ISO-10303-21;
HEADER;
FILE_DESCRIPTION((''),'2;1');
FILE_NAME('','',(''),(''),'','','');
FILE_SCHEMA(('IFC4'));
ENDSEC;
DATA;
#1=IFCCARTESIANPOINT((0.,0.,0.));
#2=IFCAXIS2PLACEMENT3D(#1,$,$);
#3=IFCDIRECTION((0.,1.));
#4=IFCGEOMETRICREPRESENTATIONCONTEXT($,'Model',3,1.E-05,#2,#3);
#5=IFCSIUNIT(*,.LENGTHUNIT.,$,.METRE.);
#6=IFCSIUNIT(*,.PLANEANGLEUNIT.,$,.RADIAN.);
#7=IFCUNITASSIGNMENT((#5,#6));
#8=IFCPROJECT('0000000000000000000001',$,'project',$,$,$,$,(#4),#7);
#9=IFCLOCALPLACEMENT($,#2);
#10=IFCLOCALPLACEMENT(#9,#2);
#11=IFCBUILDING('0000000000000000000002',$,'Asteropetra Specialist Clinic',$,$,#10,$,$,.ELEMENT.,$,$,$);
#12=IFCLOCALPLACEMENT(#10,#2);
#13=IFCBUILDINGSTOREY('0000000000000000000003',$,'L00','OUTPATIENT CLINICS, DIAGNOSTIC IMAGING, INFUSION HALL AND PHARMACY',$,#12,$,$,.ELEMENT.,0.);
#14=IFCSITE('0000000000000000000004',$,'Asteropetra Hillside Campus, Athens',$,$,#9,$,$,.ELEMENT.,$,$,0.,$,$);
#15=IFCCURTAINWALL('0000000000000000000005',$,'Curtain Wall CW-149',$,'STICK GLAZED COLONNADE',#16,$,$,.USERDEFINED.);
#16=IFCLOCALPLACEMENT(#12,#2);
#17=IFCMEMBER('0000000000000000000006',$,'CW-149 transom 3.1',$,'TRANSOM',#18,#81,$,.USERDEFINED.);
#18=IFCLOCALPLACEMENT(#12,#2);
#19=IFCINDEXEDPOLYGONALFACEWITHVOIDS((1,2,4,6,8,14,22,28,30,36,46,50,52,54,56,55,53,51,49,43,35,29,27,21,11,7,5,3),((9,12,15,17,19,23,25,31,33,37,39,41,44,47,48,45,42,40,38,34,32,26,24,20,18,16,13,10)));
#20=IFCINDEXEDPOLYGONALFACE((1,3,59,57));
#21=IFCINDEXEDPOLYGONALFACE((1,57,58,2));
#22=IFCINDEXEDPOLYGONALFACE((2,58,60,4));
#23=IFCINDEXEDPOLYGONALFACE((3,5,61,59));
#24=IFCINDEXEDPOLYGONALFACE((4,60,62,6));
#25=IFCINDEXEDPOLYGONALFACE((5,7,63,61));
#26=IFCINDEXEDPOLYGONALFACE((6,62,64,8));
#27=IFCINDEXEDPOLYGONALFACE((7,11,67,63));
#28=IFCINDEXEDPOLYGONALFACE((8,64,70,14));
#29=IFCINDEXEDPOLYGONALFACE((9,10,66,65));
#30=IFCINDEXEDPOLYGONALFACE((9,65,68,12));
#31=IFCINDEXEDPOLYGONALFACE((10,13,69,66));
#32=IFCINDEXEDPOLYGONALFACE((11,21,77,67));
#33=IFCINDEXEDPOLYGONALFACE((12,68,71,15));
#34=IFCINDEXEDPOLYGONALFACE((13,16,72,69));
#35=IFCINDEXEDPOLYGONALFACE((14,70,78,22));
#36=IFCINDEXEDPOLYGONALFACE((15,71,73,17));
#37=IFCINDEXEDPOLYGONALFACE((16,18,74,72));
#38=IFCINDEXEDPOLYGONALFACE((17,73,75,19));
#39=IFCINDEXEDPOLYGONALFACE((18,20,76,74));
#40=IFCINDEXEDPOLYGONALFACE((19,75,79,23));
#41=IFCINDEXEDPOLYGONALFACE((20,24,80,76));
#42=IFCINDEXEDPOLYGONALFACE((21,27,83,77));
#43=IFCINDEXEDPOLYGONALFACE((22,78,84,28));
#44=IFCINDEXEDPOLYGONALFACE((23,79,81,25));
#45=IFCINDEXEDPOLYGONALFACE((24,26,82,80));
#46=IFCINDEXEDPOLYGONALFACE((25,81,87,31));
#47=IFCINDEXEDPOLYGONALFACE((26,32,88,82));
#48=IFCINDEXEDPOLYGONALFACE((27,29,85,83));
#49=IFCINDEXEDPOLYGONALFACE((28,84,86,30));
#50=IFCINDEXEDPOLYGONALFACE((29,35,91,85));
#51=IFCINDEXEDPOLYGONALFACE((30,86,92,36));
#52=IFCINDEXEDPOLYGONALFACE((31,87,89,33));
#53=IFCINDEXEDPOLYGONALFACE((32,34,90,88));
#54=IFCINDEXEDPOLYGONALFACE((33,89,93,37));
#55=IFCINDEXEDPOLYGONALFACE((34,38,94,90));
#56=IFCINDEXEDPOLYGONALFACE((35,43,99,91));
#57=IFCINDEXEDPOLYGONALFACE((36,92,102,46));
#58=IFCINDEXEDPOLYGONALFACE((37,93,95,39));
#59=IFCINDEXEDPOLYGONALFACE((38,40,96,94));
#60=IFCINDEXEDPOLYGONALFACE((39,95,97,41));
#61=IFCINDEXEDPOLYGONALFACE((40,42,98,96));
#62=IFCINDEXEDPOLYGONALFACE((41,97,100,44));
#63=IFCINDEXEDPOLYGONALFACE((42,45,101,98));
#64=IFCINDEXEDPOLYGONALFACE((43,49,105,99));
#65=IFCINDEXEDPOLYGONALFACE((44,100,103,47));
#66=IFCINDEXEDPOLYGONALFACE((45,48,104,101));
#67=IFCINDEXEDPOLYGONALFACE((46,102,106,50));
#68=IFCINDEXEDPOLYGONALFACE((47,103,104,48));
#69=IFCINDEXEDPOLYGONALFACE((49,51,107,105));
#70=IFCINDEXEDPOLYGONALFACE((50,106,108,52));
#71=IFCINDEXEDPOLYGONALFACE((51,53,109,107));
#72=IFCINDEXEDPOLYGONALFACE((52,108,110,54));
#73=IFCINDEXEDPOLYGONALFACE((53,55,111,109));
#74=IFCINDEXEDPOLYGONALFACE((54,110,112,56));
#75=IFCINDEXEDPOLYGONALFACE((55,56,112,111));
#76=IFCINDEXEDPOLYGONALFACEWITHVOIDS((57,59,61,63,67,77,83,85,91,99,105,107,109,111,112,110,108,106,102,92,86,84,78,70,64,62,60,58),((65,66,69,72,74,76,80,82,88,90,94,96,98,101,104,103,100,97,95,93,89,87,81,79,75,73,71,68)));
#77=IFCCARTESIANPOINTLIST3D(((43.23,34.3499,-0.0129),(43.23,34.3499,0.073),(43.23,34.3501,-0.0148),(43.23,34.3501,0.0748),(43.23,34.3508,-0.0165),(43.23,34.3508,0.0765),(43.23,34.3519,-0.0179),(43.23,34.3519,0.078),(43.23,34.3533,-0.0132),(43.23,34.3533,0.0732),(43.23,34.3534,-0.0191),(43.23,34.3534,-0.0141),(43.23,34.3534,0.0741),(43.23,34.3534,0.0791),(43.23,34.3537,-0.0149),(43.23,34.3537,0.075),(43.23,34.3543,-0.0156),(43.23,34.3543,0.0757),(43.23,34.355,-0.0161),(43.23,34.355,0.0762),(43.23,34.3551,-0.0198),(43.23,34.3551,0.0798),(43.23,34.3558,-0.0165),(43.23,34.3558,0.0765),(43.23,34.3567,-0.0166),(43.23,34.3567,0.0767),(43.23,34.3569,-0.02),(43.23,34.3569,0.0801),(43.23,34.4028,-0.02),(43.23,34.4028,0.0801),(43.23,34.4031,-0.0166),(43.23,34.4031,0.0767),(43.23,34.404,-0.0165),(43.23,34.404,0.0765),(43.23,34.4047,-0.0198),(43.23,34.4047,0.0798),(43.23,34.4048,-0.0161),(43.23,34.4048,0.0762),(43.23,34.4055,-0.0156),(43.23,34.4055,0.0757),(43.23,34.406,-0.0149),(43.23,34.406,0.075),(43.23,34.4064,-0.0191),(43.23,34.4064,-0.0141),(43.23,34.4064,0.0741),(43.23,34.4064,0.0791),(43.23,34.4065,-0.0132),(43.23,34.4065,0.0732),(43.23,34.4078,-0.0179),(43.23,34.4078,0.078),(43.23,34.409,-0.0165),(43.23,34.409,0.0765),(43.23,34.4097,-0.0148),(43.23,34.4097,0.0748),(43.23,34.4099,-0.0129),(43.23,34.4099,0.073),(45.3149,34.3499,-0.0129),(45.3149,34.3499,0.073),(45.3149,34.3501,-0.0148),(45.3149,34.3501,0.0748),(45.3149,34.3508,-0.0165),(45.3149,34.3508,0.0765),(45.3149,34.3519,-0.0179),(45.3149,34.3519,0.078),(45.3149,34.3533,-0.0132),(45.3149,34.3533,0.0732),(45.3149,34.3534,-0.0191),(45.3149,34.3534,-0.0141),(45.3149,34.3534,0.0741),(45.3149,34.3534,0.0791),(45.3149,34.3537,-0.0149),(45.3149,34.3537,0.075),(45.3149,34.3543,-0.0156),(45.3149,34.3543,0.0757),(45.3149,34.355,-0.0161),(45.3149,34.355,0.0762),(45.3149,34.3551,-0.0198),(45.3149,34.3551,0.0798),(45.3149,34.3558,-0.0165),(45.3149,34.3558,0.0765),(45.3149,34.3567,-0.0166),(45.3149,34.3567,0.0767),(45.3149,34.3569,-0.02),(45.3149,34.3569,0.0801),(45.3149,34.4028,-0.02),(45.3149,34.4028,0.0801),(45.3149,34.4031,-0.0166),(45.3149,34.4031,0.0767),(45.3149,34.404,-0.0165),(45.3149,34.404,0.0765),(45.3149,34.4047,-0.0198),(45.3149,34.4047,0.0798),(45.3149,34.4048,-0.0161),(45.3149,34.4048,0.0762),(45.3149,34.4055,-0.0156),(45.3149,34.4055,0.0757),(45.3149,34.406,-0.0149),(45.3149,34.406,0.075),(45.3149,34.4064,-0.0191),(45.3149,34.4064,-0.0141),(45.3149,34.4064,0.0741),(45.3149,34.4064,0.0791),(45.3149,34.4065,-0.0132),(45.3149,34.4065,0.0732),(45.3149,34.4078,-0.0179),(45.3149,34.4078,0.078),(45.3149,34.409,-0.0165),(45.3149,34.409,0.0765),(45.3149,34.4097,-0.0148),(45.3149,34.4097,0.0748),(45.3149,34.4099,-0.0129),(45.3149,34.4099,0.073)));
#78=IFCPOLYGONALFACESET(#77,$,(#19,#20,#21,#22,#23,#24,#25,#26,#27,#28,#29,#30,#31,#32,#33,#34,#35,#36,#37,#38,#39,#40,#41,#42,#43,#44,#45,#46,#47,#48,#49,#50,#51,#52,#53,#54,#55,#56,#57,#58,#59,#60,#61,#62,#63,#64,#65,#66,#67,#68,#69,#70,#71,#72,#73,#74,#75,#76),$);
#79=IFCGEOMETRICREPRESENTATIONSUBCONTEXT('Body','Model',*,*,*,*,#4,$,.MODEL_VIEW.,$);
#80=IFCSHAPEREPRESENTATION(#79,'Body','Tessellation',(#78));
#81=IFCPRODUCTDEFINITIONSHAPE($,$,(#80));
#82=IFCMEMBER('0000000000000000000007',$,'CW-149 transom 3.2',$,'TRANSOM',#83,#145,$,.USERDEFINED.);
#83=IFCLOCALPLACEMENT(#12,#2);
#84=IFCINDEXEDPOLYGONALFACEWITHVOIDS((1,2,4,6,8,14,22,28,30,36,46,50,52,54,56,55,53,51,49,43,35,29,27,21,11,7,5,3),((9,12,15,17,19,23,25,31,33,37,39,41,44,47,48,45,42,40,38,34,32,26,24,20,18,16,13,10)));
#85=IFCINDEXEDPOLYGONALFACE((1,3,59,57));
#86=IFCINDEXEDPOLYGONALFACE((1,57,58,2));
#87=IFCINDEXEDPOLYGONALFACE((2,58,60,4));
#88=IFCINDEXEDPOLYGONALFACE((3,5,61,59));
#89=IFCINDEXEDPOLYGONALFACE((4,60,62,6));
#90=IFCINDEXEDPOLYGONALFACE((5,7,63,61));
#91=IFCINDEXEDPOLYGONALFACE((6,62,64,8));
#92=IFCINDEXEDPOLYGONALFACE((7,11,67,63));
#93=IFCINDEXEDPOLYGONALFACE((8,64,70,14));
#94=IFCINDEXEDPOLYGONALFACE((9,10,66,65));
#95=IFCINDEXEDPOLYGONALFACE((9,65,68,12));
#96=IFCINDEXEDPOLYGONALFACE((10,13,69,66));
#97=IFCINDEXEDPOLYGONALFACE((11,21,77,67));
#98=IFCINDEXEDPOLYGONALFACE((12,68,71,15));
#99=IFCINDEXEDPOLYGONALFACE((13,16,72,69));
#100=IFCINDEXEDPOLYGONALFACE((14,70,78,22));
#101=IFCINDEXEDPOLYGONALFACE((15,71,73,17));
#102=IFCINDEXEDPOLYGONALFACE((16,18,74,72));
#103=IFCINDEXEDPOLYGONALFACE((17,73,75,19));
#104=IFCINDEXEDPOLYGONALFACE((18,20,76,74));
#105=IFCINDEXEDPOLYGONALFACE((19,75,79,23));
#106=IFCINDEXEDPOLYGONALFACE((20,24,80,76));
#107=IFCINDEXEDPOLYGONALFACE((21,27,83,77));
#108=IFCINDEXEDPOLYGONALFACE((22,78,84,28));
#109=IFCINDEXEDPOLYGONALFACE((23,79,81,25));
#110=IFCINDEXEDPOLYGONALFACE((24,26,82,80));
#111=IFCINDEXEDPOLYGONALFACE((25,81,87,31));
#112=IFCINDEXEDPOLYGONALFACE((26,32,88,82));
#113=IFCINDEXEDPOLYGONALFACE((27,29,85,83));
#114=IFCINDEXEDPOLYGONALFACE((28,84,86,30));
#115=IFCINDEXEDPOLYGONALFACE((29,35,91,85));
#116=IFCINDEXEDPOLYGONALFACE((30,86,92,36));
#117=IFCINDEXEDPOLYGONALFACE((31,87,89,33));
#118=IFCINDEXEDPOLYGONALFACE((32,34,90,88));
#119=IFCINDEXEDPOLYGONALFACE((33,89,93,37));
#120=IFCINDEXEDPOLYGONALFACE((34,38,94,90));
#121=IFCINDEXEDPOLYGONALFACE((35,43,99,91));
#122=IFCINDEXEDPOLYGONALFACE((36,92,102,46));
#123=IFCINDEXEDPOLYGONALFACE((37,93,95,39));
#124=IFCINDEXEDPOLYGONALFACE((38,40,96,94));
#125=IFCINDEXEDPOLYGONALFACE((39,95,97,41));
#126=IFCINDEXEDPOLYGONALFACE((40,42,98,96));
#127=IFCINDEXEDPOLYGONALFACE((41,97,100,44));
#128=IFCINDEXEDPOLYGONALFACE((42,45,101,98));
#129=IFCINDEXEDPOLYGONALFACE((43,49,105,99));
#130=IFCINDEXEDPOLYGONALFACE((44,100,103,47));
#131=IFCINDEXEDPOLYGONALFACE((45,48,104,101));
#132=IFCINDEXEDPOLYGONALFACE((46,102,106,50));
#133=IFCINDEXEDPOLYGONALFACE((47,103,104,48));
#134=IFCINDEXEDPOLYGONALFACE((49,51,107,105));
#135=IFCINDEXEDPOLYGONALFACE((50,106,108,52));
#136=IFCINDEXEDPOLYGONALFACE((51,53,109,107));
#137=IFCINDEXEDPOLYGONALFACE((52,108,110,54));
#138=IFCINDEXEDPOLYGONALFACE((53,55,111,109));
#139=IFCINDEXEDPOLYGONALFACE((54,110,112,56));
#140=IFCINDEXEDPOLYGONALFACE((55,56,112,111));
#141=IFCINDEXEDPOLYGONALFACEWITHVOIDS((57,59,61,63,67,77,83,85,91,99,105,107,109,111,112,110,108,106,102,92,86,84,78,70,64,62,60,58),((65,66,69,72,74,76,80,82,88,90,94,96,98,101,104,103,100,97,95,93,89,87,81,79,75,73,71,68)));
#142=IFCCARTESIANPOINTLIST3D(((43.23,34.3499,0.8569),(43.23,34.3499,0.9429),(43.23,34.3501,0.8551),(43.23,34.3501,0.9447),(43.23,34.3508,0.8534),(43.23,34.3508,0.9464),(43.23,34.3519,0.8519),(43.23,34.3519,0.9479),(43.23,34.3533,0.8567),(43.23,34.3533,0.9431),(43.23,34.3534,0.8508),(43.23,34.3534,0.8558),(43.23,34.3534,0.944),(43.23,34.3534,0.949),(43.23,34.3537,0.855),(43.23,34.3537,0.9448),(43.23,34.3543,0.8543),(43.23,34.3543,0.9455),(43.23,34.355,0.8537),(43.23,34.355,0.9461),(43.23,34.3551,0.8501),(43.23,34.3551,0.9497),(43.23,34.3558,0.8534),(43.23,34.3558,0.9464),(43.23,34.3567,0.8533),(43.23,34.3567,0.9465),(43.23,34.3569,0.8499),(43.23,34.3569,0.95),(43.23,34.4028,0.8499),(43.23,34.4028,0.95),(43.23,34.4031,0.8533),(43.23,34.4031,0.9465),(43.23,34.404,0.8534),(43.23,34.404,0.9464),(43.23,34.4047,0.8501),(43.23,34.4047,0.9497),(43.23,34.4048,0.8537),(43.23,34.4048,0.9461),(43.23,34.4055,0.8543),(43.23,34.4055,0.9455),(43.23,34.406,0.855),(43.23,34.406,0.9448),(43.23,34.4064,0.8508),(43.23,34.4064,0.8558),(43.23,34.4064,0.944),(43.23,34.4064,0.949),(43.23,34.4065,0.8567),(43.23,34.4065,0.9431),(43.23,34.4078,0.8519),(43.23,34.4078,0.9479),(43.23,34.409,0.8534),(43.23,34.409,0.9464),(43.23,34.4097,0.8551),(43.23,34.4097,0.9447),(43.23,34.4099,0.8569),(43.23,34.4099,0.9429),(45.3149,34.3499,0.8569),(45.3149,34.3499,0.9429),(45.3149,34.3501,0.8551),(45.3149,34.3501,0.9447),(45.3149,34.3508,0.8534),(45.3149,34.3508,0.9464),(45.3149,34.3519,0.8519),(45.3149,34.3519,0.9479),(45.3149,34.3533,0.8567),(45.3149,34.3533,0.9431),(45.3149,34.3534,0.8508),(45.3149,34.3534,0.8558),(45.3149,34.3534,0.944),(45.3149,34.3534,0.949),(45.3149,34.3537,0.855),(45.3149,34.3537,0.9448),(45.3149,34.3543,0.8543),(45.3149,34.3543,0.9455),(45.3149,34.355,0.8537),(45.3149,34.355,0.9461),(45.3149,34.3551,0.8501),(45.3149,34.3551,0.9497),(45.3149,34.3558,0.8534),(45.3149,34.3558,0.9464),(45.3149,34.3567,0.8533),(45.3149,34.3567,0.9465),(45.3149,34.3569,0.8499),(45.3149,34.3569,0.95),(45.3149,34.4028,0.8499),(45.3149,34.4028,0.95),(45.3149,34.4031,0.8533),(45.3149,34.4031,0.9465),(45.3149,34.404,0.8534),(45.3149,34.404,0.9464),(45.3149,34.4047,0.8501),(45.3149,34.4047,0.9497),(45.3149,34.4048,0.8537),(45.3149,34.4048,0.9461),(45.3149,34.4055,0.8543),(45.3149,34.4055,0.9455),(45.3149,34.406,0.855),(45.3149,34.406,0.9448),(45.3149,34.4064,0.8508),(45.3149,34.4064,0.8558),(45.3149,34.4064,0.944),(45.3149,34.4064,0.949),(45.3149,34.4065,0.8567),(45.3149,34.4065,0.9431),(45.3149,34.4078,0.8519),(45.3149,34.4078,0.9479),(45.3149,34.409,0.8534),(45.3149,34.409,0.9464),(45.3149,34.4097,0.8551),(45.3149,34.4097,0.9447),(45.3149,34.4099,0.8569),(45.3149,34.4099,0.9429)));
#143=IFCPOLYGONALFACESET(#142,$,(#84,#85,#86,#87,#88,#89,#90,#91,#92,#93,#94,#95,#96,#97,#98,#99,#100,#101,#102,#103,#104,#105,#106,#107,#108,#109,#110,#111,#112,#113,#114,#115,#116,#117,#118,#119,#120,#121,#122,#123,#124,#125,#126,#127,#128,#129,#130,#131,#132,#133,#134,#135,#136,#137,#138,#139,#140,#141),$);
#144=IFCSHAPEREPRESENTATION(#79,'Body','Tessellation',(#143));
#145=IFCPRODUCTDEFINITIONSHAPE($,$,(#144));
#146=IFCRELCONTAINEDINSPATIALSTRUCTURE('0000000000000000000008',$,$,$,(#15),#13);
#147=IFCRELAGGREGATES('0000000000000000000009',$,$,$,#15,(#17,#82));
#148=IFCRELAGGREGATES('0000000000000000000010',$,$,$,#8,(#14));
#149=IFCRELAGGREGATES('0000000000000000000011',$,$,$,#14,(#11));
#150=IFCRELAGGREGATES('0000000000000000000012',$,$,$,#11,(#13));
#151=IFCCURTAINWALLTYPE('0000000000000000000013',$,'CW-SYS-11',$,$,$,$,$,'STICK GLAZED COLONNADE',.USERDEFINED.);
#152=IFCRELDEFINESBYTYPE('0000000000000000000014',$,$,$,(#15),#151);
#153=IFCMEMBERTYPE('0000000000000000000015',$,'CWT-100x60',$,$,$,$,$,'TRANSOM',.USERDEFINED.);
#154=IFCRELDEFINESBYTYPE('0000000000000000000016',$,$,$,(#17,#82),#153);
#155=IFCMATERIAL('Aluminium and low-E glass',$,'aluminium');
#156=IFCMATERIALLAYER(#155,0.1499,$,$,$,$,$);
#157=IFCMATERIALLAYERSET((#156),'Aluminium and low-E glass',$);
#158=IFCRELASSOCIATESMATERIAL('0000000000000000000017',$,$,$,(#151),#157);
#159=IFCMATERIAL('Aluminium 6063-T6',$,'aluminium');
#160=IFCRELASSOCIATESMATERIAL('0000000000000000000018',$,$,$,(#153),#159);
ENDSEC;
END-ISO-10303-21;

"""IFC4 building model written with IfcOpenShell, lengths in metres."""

from ifc_helpers import new_model, si_unit, direction, frame, origin, origin_2d, place, context, subcontext, project, spatial, hollow_rectangle, extrude, material, layer, layer_set, material_profile, profile_set, type_object, element, aggregate, save


model = new_model("IFC4")

# Units and contexts
model_context = context("Model", 3, precision=1e-05, world=origin(), true_north=direction((0.0, 1.0)))
body_context = subcontext(model_context, "Body", "Model", "MODEL_VIEW")
ifc_project = project(units=[si_unit("LENGTHUNIT", "METRE"), si_unit("PLANEANGLEUNIT", "RADIAN")], contexts=[model_context])

# Site, building, storey
site_placement = place(None, origin())
site = spatial("IfcSite", under=ifc_project, at=site_placement, Name="Asteropetra Hillside Campus, Athens", CompositionType="ELEMENT", RefElevation=0.0)
building_placement = place(site_placement, origin())
building = spatial("IfcBuilding", under=site, at=building_placement, Name="Asteropetra Specialist Clinic", CompositionType="ELEMENT")
storey_placement = place(building_placement, origin())
storey = spatial("IfcBuildingStorey", under=building, at=storey_placement, Name="L00", Description="OUTPATIENT CLINICS, DIAGNOSTIC IMAGING, INFUSION HALL AND PHARMACY", CompositionType="ELEMENT", Elevation=0.0)

# Curtain wall, members
ifc_material_1 = material(Name="Aluminium and low-E glass", Category="aluminium")
ifc_layer_1 = layer(ifc_material_1, 0.1499)
ifc_layer_set_1 = layer_set([ifc_layer_1], Name="Aluminium and low-E glass")
curtain_wall_type = type_object("IfcCurtainWallType", Name="CW-SYS-11", ElementType="STICK GLAZED COLONNADE", PredefinedType="USERDEFINED", material=ifc_layer_set_1)
curtain_wall_placement = place(storey_placement, origin())
curtain_wall = element("IfcCurtainWall", 1, at=curtain_wall_placement, inside=storey, type_object=curtain_wall_type, Name="Curtain Wall CW-149", ObjectType="STICK GLAZED COLONNADE", PredefinedType="USERDEFINED")
ifc_material_2 = material(Name="Aluminium 6063-T6", Category="aluminium")
ifc_material_profile_1 = material_profile(ifc_material_2, hollow_rectangle(XDim=0.0601, YDim=0.1001, WallThickness=0.0034, InnerFilletRadius=0.0034, OuterFilletRadius=0.0071, at=origin_2d()), Name="TRN 100x60x3.5")
ifc_profile_set_1 = profile_set([ifc_material_profile_1], Name="Aluminium 6063-T6")
member_type_1 = type_object("IfcMemberType", Name="CWT-100x60", ElementType="TRANSOM", PredefinedType="USERDEFINED", material=ifc_profile_set_1)
member_1_placement = place(storey_placement, frame((43.23, 34.3799, 0.03), z_axis=(1.0, 0.0, 0.0), x_axis=(0.0, 1.0, 0.0)))
member_1 = element("IfcMember", 2, at=member_1_placement, type_object=member_type_1, Name="CW-149 transom 3.1", ObjectType="TRANSOM", PredefinedType="USERDEFINED", context=body_context, shape_type="SweptSolid", body=[
    extrude(hollow_rectangle(XDim=0.0601, YDim=0.1001, WallThickness=0.0034, InnerFilletRadius=0.0034, OuterFilletRadius=0.0071, at=origin_2d()), origin(), (0.0, 0.0, 1.0), 2.085),
])
member_2_placement = place(storey_placement, frame((43.23, 34.3799, 0.8999), z_axis=(1.0, 0.0, 0.0), x_axis=(0.0, 1.0, 0.0)))
member_2 = element("IfcMember", 3, at=member_2_placement, type_object=member_type_1, Name="CW-149 transom 3.2", ObjectType="TRANSOM", PredefinedType="USERDEFINED", context=body_context, shape_type="SweptSolid", body=[
    extrude(hollow_rectangle(XDim=0.0601, YDim=0.1001, WallThickness=0.0034, InnerFilletRadius=0.0034, OuterFilletRadius=0.0071, at=origin_2d()), origin(), (0.0, 0.0, 1.0), 2.085),
])

aggregate(curtain_wall, [member_1, member_2])

save(model, "model.ifc")
